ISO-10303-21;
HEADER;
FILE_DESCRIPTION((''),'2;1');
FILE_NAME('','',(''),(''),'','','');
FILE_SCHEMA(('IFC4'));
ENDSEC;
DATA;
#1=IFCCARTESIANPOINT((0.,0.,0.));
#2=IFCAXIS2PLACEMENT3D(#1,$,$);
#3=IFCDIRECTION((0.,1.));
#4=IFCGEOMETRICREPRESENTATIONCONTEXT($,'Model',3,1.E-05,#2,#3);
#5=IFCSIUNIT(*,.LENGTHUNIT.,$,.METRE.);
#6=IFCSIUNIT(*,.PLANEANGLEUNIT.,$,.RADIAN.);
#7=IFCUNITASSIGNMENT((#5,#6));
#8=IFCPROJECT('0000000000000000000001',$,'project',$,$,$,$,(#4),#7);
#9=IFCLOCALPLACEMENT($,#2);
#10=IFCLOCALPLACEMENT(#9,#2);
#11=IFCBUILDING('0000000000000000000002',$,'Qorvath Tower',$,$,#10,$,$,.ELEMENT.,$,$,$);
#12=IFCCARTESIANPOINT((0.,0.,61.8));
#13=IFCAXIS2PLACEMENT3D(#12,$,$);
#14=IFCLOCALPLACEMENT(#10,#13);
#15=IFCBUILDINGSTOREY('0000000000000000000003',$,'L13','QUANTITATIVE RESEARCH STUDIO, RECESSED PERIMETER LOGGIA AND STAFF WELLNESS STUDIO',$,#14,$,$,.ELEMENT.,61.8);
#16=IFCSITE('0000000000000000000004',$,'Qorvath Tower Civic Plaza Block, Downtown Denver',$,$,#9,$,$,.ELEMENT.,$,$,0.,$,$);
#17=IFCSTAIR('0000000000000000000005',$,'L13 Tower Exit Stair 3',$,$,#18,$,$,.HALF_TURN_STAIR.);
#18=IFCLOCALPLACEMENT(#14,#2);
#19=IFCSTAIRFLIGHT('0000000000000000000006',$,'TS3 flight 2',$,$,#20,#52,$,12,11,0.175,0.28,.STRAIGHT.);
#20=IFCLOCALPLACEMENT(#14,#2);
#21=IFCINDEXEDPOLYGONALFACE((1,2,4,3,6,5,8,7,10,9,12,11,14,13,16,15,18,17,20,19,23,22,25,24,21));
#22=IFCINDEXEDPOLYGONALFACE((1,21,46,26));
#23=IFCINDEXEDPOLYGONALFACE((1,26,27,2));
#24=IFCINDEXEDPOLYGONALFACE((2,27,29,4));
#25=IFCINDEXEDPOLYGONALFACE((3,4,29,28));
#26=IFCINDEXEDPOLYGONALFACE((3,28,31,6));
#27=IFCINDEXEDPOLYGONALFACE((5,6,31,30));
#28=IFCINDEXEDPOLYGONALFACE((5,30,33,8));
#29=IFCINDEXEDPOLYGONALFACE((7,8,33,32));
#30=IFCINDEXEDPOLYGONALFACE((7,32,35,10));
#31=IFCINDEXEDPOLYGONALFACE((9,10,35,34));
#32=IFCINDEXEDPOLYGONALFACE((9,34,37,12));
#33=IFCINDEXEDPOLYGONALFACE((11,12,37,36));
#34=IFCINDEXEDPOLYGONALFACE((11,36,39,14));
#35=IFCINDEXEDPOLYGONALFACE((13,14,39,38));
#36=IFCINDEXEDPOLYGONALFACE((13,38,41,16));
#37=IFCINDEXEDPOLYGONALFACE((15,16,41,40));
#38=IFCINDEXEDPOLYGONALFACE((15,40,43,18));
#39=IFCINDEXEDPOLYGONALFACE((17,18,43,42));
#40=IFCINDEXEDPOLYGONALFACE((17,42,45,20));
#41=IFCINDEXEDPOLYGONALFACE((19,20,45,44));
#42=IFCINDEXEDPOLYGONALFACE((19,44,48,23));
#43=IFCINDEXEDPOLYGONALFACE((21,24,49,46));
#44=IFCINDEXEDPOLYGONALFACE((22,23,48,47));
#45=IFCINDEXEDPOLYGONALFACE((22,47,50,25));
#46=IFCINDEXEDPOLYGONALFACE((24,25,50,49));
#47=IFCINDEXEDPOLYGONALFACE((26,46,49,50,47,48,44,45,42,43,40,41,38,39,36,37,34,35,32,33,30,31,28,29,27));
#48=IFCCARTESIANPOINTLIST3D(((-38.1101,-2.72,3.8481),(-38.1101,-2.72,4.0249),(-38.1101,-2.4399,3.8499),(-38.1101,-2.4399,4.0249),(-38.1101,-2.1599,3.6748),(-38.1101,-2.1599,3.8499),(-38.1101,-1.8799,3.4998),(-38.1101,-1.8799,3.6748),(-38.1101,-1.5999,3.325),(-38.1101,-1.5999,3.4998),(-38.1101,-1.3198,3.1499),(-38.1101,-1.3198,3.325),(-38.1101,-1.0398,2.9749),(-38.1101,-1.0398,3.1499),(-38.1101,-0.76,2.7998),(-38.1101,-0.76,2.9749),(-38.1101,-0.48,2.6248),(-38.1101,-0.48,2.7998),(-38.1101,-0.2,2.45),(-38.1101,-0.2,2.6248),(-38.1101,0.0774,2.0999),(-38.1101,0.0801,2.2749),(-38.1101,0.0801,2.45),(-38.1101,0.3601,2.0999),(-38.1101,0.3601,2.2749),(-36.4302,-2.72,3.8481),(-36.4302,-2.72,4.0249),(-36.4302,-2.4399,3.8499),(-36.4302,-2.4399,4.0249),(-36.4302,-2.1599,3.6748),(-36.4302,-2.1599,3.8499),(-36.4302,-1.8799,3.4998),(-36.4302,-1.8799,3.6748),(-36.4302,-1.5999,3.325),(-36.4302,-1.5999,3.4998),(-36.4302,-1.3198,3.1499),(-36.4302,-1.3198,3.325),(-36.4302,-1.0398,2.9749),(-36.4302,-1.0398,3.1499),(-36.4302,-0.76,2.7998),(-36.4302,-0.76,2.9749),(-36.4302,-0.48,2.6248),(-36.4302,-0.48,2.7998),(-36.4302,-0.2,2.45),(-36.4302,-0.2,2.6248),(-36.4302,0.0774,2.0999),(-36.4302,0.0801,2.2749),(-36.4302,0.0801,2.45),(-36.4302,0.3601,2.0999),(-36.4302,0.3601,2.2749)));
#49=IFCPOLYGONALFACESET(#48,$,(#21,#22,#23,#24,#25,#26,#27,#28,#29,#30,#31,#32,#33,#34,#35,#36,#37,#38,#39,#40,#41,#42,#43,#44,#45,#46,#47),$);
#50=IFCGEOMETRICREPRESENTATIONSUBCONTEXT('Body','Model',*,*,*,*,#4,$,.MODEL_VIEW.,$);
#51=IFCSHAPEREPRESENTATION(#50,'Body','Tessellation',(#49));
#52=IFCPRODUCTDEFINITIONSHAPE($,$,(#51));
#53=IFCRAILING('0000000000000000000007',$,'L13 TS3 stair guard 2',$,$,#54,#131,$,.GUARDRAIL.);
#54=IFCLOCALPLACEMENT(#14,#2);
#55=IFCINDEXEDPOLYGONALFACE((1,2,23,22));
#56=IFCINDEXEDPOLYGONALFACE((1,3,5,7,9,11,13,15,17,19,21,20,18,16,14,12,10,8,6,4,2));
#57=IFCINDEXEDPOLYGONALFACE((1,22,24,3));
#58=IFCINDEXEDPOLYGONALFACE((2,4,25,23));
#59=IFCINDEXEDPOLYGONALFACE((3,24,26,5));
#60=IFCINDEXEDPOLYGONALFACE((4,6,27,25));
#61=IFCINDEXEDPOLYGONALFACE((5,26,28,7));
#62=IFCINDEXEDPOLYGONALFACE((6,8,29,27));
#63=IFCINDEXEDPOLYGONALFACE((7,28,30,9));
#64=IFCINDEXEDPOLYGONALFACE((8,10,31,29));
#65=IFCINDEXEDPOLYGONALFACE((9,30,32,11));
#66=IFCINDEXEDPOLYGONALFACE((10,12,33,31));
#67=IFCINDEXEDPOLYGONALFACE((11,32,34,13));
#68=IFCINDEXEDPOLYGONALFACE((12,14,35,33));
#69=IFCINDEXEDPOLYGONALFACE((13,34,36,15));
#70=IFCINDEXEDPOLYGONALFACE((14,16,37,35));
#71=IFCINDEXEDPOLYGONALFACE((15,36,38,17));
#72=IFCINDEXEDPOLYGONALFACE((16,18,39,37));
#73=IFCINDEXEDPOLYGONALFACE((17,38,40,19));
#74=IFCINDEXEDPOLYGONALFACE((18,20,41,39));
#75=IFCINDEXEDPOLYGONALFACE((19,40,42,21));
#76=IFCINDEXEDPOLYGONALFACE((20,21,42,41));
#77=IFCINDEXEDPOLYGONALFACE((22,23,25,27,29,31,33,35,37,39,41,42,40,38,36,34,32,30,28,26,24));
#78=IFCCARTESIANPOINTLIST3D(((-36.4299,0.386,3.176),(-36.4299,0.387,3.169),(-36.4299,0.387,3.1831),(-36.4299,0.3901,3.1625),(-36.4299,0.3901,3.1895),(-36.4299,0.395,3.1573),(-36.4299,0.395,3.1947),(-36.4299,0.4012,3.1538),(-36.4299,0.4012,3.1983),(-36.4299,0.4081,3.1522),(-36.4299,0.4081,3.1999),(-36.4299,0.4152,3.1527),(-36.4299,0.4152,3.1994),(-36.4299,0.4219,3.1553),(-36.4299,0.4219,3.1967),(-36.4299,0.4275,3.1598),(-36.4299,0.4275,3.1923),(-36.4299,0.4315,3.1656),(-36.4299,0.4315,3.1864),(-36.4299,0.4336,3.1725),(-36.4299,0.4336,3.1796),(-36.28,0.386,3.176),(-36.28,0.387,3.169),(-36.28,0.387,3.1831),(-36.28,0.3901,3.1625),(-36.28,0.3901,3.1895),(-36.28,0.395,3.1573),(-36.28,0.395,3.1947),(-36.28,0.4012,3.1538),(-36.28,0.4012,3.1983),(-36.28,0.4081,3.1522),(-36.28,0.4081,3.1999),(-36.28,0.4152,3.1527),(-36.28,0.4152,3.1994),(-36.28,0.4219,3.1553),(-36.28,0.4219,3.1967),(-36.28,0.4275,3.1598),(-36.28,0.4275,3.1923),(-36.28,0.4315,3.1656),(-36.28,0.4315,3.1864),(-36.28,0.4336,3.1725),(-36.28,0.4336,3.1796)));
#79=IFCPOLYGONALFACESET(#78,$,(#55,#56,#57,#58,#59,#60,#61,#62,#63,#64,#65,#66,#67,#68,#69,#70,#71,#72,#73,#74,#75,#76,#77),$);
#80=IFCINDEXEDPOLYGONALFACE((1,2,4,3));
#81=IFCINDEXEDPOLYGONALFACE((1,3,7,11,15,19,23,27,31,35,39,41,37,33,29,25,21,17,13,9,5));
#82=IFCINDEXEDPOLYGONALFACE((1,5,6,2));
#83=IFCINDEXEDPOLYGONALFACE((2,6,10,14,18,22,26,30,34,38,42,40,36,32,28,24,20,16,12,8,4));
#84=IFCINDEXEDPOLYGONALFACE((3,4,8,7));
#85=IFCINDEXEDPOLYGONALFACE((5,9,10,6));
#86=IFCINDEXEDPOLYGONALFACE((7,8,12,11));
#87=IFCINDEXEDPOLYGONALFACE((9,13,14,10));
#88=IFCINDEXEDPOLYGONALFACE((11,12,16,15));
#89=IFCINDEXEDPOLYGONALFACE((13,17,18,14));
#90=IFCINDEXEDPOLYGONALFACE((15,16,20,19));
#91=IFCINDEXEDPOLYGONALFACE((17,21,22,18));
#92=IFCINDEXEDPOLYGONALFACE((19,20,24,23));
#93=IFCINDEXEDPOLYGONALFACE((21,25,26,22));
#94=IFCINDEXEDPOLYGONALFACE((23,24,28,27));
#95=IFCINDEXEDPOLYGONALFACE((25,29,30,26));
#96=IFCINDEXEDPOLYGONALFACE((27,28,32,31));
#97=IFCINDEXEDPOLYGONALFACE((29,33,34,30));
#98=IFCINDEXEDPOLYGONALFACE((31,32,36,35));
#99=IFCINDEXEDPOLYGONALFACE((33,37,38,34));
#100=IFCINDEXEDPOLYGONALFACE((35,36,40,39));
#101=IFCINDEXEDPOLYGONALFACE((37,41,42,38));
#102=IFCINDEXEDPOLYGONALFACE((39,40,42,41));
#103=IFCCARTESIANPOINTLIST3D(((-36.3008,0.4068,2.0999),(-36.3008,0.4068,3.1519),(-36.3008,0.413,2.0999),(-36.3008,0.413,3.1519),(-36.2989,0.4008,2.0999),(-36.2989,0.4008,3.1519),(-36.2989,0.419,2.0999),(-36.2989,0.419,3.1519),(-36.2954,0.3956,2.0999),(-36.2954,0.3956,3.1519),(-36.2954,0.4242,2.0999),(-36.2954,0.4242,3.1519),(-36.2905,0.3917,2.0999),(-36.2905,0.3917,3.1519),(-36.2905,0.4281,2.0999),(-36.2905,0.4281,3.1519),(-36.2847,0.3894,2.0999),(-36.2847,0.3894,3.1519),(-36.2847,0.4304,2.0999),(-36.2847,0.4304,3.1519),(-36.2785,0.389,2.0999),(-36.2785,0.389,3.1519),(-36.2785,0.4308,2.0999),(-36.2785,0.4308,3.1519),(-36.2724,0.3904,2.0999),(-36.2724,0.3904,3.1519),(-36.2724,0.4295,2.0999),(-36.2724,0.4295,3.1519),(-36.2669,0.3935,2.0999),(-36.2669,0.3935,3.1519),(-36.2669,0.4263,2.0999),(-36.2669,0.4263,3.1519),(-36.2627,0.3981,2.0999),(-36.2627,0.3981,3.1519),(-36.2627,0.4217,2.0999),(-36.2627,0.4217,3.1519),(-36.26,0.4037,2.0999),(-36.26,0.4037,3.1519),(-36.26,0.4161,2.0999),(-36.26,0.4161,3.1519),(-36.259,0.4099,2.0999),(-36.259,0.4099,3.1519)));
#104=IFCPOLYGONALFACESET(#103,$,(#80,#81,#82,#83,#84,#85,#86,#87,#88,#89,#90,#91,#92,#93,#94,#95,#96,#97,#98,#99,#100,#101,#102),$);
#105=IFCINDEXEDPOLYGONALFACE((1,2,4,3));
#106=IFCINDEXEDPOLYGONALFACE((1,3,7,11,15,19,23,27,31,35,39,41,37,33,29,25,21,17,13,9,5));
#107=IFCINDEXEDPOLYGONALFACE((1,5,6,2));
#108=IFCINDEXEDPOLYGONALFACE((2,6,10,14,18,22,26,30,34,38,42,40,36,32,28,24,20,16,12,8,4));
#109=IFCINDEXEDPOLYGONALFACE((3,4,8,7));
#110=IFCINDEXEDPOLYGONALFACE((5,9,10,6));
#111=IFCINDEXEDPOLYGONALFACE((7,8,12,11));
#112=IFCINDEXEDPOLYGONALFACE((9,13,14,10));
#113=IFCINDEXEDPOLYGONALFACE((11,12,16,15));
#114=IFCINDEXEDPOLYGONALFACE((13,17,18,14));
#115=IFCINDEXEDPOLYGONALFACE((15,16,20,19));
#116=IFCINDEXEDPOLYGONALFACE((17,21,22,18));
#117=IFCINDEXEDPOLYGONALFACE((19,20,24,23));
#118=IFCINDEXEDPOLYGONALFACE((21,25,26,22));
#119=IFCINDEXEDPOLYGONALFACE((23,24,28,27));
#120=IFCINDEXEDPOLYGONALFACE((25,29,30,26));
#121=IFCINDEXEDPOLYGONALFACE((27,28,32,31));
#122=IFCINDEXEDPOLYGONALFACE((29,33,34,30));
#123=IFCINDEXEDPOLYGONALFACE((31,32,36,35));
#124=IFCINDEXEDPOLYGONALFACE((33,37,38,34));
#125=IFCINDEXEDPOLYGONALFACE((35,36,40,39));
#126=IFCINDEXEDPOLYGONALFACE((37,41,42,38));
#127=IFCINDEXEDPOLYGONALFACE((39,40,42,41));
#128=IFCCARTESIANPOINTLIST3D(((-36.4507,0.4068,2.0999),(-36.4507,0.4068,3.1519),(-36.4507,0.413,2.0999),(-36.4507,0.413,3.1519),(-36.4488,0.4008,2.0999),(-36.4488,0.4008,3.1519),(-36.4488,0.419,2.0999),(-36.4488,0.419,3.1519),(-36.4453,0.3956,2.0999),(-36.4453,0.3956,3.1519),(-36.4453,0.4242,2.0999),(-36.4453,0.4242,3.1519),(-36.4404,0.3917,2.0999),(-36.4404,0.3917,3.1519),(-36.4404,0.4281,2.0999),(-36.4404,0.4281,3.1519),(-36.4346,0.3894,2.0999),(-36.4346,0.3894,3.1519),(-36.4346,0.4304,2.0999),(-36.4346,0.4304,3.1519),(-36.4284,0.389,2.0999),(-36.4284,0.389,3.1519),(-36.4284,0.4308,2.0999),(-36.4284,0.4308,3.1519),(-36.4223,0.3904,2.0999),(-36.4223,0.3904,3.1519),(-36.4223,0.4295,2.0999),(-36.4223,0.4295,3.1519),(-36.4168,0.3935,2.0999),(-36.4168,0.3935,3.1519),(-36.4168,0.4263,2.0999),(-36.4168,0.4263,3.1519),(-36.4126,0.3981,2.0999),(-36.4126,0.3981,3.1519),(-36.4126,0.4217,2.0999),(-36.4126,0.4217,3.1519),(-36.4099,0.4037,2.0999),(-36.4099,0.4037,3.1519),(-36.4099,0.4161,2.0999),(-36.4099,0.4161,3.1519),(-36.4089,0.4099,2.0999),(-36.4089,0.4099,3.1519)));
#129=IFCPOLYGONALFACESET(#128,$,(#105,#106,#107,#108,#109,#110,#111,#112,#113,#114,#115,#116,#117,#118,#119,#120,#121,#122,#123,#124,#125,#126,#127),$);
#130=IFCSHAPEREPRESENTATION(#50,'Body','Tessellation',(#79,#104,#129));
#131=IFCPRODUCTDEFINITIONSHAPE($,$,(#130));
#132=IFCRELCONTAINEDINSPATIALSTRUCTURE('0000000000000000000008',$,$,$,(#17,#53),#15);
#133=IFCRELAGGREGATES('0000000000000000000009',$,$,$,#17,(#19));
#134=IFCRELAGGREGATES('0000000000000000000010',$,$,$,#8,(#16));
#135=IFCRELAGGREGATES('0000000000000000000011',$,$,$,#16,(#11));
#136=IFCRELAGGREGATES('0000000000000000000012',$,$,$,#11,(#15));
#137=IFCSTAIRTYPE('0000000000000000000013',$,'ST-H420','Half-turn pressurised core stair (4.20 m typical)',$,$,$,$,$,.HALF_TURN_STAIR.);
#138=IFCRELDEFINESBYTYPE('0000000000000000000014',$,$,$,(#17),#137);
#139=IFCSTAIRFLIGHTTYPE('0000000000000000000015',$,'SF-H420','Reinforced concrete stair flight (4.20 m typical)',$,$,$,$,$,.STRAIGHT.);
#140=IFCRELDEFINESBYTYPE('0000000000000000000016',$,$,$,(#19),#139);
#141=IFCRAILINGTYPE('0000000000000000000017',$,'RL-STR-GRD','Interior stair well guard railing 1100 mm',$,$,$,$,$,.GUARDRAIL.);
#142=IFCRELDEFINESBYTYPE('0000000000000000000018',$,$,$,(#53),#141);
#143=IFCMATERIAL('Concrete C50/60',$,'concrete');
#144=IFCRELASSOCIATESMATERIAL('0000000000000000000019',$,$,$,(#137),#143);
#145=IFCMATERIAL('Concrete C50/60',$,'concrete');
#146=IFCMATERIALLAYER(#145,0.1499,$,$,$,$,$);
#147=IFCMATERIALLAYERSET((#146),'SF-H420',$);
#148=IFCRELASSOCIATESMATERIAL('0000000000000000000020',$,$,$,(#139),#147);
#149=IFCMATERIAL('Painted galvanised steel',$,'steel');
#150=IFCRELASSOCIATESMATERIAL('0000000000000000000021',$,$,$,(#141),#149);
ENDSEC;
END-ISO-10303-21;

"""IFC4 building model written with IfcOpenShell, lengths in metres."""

from ifc_helpers import new_model, si_unit, direction, frame, origin, origin_2d, place, context, subcontext, project, spatial, polyline, circle, outline, extrude, material, layer, layer_set, type_object, element, aggregate, save


model = new_model("IFC4")

# Units and contexts
model_context = context("Model", 3, precision=1e-05, world=origin(), true_north=direction((0.0, 1.0)))
body_context = subcontext(model_context, "Body", "Model", "MODEL_VIEW")
ifc_project = project(units=[si_unit("LENGTHUNIT", "METRE"), si_unit("PLANEANGLEUNIT", "RADIAN")], contexts=[model_context])

# Site, building, storey
site_placement = place(None, origin())
site = spatial("IfcSite", under=ifc_project, at=site_placement, Name="Qorvath Tower Civic Plaza Block, Downtown Denver", CompositionType="ELEMENT", RefElevation=0.0)
building_placement = place(site_placement, origin())
building = spatial("IfcBuilding", under=site, at=building_placement, Name="Qorvath Tower", CompositionType="ELEMENT")
storey_placement = place(building_placement, frame((0.0, 0.0, 61.8)))
storey = spatial("IfcBuildingStorey", under=building, at=storey_placement, Name="L13", Description="QUANTITATIVE RESEARCH STUDIO, RECESSED PERIMETER LOGGIA AND STAFF WELLNESS STUDIO", CompositionType="ELEMENT", Elevation=61.8)

# Stair, stair flight
ifc_material_1 = material(Name="Concrete C50/60", Category="concrete")
stair_type = type_object("IfcStairType", Name="ST-H420", Description="Half-turn pressurised core stair (4.20 m typical)", PredefinedType="HALF_TURN_STAIR", material=ifc_material_1)
stair_placement = place(storey_placement, origin())
stair = element("IfcStair", 1, at=stair_placement, inside=storey, type_object=stair_type, Name="L13 Tower Exit Stair 3", PredefinedType="HALF_TURN_STAIR")
ifc_material_2 = material(Name="Concrete C50/60", Category="concrete")
ifc_layer_1 = layer(ifc_material_2, 0.1499)
ifc_layer_set_1 = layer_set([ifc_layer_1], Name="SF-H420")
stair_flight_type = type_object("IfcStairFlightType", Name="SF-H420", Description="Reinforced concrete stair flight (4.20 m typical)", PredefinedType="STRAIGHT", material=ifc_layer_set_1)
stair_flight_placement = place(storey_placement, frame((-37.27, 0.3601, 2.0999), z_axis=(0.0, 0.0, 1.0), x_axis=(0.0, -1.0, 0.0)))
stair_flight = element("IfcStairFlight", 2, at=stair_flight_placement, type_object=stair_flight_type, Name="TS3 flight 2", NumberOfRisers=12, NumberOfTreads=11, PredefinedType="STRAIGHT", RiserHeight=0.175, TreadLength=0.28, context=body_context, shape_type="SweptSolid", body=[
    extrude(outline(polyline([(0.0, 0.0), (0.0, 0.175), (0.28, 0.175), (0.28, 0.3501), (0.5601, 0.3501), (0.5601, 0.5249), (0.8401, 0.5249), (0.8401, 0.7), (1.1201, 0.7), (1.1201, 0.875), (1.3999, 0.875), (1.3999, 1.05), (1.6799, 1.05), (1.6799, 1.2251), (1.96, 1.2251), (1.96, 1.3999), (2.24, 1.3999), (2.24, 1.575), (2.52, 1.575), (2.52, 1.75), (2.8, 1.75), (2.8, 1.925), (3.0801, 1.925), (3.0801, 2.1001), (3.0801, 1.7483), (0.2827, 0.0), (0.0, 0.0)])), frame((0.0, 0.8398, 0.0), z_axis=(0.0, -1.0, 0.0), x_axis=(1.0, 0.0, 0.0)), (0.0, 0.0, 1.0), 1.6799),
])
aggregate(stair, [stair_flight])

# Railing
ifc_material_3 = material(Name="Painted galvanised steel", Category="steel")
railing_type_1 = type_object("IfcRailingType", Name="RL-STR-GRD", Description="Interior stair well guard railing 1100 mm", PredefinedType="GUARDRAIL", material=ifc_material_3)
railing_1_placement = place(storey_placement, frame((-36.28, 0.4099, 2.0999)))
element("IfcRailing", 3, at=railing_1_placement, inside=storey, type_object=railing_type_1, Name="L13 TS3 stair guard 2", PredefinedType="GUARDRAIL", context=body_context, shape_type="SweptSolid", body=[
    extrude(circle(Radius=0.0239, at=origin_2d()), frame((0.0, 0.0, 1.0762), z_axis=(-1.0, 0.0, 0.0), x_axis=(0.0, -1.0, 0.0)), (0.0, 0.0, 1.0), 0.1499),
    extrude(circle(Radius=0.021, at=origin_2d()), origin(), (0.0, 0.0, 1.0), 1.052),
    extrude(circle(Radius=0.021, at=origin_2d()), frame((-0.1499, 0.0, 0.0)), (0.0, 0.0, 1.0), 1.052),
])

save(model, "model.ifc")
